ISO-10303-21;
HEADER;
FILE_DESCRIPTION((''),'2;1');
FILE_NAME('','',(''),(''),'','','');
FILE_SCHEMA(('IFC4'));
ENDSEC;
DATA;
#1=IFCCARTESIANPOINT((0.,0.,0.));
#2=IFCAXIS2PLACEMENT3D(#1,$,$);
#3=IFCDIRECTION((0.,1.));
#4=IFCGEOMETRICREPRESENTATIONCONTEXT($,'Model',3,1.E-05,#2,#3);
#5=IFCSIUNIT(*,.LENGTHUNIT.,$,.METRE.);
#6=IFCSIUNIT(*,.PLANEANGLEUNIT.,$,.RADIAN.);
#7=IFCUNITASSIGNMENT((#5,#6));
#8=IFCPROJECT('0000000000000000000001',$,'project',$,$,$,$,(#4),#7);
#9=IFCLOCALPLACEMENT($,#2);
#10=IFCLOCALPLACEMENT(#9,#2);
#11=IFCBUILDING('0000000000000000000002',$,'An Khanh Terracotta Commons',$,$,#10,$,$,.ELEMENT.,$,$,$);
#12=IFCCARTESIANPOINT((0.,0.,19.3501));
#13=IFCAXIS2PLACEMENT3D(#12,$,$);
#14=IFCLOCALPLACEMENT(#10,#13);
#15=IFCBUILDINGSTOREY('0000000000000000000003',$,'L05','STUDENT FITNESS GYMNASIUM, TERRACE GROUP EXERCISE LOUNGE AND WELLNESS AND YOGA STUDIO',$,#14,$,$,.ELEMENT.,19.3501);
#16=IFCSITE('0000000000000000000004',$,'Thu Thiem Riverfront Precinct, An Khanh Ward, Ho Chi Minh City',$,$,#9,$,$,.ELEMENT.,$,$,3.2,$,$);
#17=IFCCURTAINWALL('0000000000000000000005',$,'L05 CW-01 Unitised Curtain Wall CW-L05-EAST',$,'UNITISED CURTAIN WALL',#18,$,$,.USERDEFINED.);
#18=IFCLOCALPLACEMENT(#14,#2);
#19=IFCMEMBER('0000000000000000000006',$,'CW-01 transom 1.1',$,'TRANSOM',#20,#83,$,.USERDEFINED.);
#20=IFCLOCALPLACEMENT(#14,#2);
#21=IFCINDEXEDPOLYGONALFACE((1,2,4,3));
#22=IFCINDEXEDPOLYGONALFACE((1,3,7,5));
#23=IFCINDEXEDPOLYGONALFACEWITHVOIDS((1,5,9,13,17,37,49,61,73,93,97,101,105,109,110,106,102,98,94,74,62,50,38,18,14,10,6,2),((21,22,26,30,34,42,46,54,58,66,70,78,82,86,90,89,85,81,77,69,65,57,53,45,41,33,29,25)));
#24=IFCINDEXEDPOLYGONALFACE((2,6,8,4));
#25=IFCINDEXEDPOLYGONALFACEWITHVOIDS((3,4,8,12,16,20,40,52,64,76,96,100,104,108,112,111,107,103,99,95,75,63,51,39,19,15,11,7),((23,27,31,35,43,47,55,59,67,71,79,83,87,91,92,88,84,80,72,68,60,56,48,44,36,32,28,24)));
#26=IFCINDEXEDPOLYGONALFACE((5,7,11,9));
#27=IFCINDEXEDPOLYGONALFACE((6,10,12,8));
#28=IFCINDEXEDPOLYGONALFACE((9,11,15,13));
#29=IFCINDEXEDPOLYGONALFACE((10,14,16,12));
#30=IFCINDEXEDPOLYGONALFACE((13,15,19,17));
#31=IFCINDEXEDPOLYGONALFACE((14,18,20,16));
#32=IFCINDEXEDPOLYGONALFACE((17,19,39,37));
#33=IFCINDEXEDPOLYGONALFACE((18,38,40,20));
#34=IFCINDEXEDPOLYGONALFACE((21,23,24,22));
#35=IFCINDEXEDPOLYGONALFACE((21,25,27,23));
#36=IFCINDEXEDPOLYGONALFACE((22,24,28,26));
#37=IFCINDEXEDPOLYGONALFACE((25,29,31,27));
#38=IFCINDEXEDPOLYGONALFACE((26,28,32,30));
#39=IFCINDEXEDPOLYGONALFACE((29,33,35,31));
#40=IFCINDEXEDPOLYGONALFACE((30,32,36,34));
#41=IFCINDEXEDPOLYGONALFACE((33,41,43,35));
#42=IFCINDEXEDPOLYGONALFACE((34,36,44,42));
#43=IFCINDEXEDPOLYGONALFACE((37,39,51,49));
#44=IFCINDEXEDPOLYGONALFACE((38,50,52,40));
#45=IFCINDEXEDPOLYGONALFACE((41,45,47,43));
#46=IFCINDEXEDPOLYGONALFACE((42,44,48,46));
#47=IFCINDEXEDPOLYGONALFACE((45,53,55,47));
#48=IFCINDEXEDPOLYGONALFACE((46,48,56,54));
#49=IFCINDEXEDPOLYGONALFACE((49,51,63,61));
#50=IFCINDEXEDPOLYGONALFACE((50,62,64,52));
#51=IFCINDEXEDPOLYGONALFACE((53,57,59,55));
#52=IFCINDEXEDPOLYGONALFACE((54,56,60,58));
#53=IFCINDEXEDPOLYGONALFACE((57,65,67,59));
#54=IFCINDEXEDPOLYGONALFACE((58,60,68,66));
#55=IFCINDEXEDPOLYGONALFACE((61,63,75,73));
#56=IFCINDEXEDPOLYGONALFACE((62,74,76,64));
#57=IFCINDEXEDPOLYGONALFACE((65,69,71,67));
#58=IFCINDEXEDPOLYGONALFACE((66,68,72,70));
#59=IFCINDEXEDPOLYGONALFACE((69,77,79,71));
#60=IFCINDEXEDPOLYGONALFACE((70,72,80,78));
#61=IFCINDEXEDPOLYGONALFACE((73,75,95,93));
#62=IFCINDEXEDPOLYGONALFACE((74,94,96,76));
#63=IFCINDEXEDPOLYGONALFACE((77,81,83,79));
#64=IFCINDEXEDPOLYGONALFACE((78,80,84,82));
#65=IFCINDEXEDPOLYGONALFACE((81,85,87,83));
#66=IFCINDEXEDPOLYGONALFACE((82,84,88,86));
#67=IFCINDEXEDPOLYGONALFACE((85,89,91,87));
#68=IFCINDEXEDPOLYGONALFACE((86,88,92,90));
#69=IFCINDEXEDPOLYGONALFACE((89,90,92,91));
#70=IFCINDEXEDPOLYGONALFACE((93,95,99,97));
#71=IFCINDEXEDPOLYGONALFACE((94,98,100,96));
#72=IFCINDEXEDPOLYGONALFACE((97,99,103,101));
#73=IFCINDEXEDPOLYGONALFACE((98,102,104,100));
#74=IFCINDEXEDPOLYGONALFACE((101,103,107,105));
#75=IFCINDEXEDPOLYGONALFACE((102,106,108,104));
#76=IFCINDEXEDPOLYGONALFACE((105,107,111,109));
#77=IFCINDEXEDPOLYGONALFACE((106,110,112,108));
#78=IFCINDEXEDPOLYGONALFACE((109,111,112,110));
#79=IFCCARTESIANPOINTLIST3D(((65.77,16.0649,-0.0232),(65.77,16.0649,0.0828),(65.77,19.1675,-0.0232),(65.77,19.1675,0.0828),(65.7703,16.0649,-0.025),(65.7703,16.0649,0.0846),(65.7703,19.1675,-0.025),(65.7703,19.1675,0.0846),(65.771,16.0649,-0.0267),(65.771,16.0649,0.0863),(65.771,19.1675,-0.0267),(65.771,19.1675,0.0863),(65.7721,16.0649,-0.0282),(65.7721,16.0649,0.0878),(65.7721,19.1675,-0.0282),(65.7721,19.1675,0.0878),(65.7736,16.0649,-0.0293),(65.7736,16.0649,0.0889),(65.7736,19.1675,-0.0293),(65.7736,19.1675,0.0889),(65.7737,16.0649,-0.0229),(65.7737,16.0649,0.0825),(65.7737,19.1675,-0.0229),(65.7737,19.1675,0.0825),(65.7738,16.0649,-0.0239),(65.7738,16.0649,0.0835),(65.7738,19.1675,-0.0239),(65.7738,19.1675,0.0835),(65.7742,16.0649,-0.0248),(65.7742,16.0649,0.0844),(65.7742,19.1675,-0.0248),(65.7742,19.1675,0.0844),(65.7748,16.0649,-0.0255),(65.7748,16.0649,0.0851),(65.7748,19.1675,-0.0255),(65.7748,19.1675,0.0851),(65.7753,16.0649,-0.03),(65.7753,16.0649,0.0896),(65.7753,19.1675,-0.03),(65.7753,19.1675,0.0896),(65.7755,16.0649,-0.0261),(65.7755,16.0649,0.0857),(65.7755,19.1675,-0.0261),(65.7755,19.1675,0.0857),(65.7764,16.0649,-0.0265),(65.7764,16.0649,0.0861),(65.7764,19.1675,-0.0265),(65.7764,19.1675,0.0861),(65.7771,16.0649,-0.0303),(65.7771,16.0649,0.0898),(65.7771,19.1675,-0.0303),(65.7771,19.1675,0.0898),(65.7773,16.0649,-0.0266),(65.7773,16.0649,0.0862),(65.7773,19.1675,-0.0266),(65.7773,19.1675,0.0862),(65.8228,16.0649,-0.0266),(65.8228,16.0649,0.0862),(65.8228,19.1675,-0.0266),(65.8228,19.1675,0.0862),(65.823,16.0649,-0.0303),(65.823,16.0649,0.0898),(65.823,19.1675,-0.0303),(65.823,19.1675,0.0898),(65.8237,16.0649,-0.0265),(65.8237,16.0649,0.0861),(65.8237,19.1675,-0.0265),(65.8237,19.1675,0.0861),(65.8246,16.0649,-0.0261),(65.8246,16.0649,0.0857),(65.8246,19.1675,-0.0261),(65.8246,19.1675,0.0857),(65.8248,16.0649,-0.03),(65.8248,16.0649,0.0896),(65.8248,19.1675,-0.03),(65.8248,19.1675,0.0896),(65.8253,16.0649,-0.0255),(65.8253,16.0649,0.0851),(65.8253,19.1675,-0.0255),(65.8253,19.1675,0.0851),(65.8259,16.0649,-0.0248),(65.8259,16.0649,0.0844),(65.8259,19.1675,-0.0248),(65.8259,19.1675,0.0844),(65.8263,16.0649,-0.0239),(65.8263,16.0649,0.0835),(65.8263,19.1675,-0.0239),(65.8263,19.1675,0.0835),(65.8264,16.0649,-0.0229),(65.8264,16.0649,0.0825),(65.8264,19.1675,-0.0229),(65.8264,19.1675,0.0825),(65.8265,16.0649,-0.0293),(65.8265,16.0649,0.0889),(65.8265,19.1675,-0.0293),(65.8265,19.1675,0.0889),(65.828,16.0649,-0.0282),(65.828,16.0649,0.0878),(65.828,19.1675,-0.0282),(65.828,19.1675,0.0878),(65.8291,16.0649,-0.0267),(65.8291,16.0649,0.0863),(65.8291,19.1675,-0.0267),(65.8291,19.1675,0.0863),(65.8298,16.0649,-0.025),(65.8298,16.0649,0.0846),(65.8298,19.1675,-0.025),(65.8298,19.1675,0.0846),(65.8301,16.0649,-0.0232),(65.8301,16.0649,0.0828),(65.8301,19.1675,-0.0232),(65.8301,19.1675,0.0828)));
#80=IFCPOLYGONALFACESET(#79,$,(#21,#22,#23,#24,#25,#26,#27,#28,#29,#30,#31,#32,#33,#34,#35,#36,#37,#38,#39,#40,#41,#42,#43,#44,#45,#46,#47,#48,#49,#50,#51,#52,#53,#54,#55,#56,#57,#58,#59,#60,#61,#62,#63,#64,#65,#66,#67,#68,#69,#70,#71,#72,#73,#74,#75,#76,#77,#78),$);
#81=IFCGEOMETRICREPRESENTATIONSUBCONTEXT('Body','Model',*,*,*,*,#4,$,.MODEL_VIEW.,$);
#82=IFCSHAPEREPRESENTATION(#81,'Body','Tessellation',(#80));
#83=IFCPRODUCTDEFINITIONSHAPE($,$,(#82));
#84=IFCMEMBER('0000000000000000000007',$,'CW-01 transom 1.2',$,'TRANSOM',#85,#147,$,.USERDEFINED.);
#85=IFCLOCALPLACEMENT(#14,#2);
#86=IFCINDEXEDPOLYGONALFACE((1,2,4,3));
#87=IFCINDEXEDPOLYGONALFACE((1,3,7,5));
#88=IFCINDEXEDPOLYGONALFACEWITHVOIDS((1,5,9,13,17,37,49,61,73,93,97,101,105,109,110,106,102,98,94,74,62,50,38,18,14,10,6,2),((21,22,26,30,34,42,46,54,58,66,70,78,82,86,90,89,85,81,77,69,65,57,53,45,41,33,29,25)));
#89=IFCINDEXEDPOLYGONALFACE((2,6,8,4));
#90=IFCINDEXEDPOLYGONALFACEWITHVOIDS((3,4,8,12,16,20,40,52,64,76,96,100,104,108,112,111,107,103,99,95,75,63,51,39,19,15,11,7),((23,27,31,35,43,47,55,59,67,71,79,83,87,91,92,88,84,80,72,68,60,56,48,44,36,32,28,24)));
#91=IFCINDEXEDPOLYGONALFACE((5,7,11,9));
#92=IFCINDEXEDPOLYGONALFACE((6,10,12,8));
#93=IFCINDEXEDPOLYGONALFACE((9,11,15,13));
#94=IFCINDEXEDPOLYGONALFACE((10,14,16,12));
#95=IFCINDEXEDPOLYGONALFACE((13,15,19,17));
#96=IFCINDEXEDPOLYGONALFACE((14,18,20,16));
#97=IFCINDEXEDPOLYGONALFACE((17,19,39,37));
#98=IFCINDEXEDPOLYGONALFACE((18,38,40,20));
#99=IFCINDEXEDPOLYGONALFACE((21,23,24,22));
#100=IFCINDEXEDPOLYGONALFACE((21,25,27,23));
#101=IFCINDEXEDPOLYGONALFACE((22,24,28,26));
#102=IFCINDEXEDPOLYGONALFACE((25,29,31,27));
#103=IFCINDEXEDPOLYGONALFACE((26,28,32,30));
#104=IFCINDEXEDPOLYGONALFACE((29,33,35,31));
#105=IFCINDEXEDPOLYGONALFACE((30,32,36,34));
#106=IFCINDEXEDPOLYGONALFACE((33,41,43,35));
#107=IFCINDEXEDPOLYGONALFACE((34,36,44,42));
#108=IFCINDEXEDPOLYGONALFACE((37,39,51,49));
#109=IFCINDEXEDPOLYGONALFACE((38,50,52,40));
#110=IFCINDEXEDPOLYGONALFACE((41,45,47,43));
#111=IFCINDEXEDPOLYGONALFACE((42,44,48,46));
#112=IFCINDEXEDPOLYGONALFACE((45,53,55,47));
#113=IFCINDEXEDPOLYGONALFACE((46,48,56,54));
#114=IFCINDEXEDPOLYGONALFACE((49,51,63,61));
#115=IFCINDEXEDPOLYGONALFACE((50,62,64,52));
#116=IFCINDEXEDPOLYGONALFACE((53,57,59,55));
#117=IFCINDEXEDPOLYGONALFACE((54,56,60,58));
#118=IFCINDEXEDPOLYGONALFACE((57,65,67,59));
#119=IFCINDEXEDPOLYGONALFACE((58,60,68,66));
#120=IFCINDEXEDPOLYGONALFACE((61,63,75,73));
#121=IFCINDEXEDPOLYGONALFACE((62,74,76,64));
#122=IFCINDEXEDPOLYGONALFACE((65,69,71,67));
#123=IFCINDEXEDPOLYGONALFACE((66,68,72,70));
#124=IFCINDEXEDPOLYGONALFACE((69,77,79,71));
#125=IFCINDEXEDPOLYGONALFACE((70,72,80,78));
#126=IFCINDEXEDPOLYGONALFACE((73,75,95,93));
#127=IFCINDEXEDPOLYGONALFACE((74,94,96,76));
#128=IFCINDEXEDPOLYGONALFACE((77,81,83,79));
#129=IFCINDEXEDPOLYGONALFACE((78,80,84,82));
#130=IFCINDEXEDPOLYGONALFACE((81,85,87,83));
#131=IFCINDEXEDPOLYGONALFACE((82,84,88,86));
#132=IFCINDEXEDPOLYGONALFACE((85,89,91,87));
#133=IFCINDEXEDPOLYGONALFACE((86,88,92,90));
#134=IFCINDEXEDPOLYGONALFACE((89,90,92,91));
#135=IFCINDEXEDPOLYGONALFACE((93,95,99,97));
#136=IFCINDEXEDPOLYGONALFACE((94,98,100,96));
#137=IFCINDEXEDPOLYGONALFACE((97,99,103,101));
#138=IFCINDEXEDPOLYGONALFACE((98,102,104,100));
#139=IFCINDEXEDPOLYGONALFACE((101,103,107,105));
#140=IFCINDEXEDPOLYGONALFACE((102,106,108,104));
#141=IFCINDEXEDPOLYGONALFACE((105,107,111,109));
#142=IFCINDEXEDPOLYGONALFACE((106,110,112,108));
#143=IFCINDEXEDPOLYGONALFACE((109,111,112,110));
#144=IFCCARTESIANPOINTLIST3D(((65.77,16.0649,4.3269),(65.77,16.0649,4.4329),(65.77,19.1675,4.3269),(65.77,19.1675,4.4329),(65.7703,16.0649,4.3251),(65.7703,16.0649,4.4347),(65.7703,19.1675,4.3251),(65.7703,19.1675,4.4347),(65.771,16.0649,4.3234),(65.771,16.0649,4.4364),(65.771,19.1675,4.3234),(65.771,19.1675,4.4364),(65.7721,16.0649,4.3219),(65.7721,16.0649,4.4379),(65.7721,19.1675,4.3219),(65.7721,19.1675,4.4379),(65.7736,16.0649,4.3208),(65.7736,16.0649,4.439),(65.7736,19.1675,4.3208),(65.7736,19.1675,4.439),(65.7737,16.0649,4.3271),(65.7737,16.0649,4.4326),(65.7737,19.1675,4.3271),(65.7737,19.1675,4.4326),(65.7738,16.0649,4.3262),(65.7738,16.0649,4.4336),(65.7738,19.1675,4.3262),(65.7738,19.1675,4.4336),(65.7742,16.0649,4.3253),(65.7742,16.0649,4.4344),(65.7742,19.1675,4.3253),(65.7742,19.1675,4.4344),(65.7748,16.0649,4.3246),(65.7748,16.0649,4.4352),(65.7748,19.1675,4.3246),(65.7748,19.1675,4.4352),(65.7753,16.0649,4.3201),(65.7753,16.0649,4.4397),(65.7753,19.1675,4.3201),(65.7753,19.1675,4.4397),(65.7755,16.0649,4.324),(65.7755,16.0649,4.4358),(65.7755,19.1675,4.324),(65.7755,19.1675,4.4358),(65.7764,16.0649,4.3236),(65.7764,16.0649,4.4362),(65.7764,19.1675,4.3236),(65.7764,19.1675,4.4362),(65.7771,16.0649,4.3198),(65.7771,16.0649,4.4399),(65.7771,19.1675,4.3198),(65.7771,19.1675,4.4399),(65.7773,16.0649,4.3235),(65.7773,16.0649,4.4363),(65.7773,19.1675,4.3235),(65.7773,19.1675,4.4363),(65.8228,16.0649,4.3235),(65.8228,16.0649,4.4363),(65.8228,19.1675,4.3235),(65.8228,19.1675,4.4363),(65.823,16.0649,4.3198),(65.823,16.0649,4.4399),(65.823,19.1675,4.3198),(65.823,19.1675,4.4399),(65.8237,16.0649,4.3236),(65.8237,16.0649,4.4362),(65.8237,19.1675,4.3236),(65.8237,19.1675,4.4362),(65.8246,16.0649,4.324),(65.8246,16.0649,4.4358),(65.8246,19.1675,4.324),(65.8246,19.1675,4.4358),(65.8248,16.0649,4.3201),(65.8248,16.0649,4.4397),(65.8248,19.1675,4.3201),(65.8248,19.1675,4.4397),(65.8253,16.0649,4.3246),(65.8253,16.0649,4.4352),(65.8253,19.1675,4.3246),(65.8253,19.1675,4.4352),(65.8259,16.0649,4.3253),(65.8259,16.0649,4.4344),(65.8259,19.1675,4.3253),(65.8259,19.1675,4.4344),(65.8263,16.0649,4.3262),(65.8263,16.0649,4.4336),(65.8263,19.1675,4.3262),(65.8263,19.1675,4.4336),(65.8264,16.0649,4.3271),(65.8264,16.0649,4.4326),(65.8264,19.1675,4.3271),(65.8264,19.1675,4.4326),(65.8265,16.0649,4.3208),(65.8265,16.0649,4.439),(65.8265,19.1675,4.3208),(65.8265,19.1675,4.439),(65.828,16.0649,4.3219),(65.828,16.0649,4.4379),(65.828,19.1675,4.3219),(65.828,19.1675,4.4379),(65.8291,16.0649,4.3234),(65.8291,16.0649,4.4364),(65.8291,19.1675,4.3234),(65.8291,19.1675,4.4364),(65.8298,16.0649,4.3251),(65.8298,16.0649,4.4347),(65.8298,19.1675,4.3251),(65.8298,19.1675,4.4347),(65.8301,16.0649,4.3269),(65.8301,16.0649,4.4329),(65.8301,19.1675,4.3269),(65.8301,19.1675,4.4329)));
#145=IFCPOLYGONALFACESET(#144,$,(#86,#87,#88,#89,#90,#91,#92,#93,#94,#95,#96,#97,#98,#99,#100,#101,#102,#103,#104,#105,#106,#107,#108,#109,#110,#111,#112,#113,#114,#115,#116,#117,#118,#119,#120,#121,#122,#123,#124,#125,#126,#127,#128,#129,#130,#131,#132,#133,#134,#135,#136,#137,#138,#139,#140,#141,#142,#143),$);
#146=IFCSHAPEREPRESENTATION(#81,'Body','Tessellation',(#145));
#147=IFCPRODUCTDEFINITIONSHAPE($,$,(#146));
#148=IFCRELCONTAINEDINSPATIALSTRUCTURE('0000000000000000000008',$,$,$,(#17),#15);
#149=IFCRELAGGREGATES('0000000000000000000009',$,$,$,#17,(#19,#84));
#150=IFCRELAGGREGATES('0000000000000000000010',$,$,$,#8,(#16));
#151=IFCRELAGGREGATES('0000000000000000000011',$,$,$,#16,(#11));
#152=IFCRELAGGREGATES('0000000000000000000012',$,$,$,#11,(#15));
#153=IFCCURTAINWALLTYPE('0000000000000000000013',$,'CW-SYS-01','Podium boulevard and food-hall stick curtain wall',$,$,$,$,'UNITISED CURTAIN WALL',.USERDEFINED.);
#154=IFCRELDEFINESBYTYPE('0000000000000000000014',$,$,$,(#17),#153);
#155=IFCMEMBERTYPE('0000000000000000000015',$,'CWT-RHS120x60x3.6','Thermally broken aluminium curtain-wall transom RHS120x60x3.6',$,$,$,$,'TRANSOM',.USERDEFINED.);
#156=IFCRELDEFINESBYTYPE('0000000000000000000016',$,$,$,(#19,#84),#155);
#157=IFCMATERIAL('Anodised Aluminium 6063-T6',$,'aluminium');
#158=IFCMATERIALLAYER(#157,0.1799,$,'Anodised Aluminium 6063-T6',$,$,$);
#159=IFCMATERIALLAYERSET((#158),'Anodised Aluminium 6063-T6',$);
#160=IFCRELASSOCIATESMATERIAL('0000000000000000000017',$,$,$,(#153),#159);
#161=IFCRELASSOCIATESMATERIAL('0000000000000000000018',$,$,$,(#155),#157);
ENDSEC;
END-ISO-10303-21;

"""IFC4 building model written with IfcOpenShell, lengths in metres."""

from ifc_helpers import new_model, si_unit, direction, frame, origin, origin_2d, place, context, subcontext, project, spatial, hollow_rectangle, extrude, material, layer, layer_set, material_profile, profile_set, type_object, element, aggregate, save


model = new_model("IFC4")

# Units and contexts
model_context = context("Model", 3, precision=1e-05, world=origin(), true_north=direction((0.0, 1.0)))
body_context = subcontext(model_context, "Body", "Model", "MODEL_VIEW")
ifc_project = project(units=[si_unit("LENGTHUNIT", "METRE"), si_unit("PLANEANGLEUNIT", "RADIAN")], contexts=[model_context])

# Site, building, storey
site_placement = place(None, origin())
site = spatial("IfcSite", under=ifc_project, at=site_placement, Name="Thu Thiem Riverfront Precinct, An Khanh Ward, Ho Chi Minh City", CompositionType="ELEMENT", RefElevation=3.2)
building_placement = place(site_placement, origin())
building = spatial("IfcBuilding", under=site, at=building_placement, Name="An Khanh Terracotta Commons", CompositionType="ELEMENT")
storey_placement = place(building_placement, frame((0.0, 0.0, 19.3501)))
storey = spatial("IfcBuildingStorey", under=building, at=storey_placement, Name="L05", Description="STUDENT FITNESS GYMNASIUM, TERRACE GROUP EXERCISE LOUNGE AND WELLNESS AND YOGA STUDIO", CompositionType="ELEMENT", Elevation=19.3501)

# Curtain wall, members
ifc_material_1 = material(Name="Anodised Aluminium 6063-T6", Category="aluminium")
ifc_layer_1 = layer(ifc_material_1, 0.1799, Name="Anodised Aluminium 6063-T6")
ifc_layer_set_1 = layer_set([ifc_layer_1], Name="Anodised Aluminium 6063-T6")
curtain_wall_type = type_object("IfcCurtainWallType", Name="CW-SYS-01", Description="Podium boulevard and food-hall stick curtain wall", ElementType="UNITISED CURTAIN WALL", PredefinedType="USERDEFINED", material=ifc_layer_set_1)
curtain_wall_placement = place(storey_placement, origin())
curtain_wall = element("IfcCurtainWall", 1, at=curtain_wall_placement, inside=storey, type_object=curtain_wall_type, Name="L05 CW-01 Unitised Curtain Wall CW-L05-EAST", ObjectType="UNITISED CURTAIN WALL", PredefinedType="USERDEFINED")
ifc_material_profile_1 = material_profile(ifc_material_1, hollow_rectangle(XDim=0.0601, YDim=0.1201, WallThickness=0.0037, InnerFilletRadius=0.0037, OuterFilletRadius=0.0071, at=origin_2d()), Name="RHS120x60x3.6")
ifc_profile_set_1 = profile_set([ifc_material_profile_1], Name="Anodised Aluminium 6063-T6")
member_type_1 = type_object("IfcMemberType", Name="CWT-RHS120x60x3.6", Description="Thermally broken aluminium curtain-wall transom RHS120x60x3.6", ElementType="TRANSOM", PredefinedType="USERDEFINED", material=ifc_profile_set_1)
member_1_placement = place(storey_placement, frame((65.8, 16.0649, 0.0298), z_axis=(0.0, 1.0, 0.0), x_axis=(-1.0, 0.0, 0.0)))
member_1 = element("IfcMember", 2, at=member_1_placement, type_object=member_type_1, Name="CW-01 transom 1.1", ObjectType="TRANSOM", PredefinedType="USERDEFINED", context=body_context, shape_type="SweptSolid", body=[
    extrude(hollow_rectangle(XDim=0.0601, YDim=0.1201, WallThickness=0.0037, InnerFilletRadius=0.0037, OuterFilletRadius=0.0071, at=origin_2d()), origin(), (0.0, 0.0, 1.0), 3.1025),
])
member_2_placement = place(storey_placement, frame((65.8, 16.0649, 4.3799), z_axis=(0.0, 1.0, 0.0), x_axis=(-1.0, 0.0, 0.0)))
member_2 = element("IfcMember", 3, at=member_2_placement, type_object=member_type_1, Name="CW-01 transom 1.2", ObjectType="TRANSOM", PredefinedType="USERDEFINED", context=body_context, shape_type="SweptSolid", body=[
    extrude(hollow_rectangle(XDim=0.0601, YDim=0.1201, WallThickness=0.0037, InnerFilletRadius=0.0037, OuterFilletRadius=0.0071, at=origin_2d()), origin(), (0.0, 0.0, 1.0), 3.1025),
])
aggregate(curtain_wall, [member_1, member_2])

save(model, "model.ifc")
